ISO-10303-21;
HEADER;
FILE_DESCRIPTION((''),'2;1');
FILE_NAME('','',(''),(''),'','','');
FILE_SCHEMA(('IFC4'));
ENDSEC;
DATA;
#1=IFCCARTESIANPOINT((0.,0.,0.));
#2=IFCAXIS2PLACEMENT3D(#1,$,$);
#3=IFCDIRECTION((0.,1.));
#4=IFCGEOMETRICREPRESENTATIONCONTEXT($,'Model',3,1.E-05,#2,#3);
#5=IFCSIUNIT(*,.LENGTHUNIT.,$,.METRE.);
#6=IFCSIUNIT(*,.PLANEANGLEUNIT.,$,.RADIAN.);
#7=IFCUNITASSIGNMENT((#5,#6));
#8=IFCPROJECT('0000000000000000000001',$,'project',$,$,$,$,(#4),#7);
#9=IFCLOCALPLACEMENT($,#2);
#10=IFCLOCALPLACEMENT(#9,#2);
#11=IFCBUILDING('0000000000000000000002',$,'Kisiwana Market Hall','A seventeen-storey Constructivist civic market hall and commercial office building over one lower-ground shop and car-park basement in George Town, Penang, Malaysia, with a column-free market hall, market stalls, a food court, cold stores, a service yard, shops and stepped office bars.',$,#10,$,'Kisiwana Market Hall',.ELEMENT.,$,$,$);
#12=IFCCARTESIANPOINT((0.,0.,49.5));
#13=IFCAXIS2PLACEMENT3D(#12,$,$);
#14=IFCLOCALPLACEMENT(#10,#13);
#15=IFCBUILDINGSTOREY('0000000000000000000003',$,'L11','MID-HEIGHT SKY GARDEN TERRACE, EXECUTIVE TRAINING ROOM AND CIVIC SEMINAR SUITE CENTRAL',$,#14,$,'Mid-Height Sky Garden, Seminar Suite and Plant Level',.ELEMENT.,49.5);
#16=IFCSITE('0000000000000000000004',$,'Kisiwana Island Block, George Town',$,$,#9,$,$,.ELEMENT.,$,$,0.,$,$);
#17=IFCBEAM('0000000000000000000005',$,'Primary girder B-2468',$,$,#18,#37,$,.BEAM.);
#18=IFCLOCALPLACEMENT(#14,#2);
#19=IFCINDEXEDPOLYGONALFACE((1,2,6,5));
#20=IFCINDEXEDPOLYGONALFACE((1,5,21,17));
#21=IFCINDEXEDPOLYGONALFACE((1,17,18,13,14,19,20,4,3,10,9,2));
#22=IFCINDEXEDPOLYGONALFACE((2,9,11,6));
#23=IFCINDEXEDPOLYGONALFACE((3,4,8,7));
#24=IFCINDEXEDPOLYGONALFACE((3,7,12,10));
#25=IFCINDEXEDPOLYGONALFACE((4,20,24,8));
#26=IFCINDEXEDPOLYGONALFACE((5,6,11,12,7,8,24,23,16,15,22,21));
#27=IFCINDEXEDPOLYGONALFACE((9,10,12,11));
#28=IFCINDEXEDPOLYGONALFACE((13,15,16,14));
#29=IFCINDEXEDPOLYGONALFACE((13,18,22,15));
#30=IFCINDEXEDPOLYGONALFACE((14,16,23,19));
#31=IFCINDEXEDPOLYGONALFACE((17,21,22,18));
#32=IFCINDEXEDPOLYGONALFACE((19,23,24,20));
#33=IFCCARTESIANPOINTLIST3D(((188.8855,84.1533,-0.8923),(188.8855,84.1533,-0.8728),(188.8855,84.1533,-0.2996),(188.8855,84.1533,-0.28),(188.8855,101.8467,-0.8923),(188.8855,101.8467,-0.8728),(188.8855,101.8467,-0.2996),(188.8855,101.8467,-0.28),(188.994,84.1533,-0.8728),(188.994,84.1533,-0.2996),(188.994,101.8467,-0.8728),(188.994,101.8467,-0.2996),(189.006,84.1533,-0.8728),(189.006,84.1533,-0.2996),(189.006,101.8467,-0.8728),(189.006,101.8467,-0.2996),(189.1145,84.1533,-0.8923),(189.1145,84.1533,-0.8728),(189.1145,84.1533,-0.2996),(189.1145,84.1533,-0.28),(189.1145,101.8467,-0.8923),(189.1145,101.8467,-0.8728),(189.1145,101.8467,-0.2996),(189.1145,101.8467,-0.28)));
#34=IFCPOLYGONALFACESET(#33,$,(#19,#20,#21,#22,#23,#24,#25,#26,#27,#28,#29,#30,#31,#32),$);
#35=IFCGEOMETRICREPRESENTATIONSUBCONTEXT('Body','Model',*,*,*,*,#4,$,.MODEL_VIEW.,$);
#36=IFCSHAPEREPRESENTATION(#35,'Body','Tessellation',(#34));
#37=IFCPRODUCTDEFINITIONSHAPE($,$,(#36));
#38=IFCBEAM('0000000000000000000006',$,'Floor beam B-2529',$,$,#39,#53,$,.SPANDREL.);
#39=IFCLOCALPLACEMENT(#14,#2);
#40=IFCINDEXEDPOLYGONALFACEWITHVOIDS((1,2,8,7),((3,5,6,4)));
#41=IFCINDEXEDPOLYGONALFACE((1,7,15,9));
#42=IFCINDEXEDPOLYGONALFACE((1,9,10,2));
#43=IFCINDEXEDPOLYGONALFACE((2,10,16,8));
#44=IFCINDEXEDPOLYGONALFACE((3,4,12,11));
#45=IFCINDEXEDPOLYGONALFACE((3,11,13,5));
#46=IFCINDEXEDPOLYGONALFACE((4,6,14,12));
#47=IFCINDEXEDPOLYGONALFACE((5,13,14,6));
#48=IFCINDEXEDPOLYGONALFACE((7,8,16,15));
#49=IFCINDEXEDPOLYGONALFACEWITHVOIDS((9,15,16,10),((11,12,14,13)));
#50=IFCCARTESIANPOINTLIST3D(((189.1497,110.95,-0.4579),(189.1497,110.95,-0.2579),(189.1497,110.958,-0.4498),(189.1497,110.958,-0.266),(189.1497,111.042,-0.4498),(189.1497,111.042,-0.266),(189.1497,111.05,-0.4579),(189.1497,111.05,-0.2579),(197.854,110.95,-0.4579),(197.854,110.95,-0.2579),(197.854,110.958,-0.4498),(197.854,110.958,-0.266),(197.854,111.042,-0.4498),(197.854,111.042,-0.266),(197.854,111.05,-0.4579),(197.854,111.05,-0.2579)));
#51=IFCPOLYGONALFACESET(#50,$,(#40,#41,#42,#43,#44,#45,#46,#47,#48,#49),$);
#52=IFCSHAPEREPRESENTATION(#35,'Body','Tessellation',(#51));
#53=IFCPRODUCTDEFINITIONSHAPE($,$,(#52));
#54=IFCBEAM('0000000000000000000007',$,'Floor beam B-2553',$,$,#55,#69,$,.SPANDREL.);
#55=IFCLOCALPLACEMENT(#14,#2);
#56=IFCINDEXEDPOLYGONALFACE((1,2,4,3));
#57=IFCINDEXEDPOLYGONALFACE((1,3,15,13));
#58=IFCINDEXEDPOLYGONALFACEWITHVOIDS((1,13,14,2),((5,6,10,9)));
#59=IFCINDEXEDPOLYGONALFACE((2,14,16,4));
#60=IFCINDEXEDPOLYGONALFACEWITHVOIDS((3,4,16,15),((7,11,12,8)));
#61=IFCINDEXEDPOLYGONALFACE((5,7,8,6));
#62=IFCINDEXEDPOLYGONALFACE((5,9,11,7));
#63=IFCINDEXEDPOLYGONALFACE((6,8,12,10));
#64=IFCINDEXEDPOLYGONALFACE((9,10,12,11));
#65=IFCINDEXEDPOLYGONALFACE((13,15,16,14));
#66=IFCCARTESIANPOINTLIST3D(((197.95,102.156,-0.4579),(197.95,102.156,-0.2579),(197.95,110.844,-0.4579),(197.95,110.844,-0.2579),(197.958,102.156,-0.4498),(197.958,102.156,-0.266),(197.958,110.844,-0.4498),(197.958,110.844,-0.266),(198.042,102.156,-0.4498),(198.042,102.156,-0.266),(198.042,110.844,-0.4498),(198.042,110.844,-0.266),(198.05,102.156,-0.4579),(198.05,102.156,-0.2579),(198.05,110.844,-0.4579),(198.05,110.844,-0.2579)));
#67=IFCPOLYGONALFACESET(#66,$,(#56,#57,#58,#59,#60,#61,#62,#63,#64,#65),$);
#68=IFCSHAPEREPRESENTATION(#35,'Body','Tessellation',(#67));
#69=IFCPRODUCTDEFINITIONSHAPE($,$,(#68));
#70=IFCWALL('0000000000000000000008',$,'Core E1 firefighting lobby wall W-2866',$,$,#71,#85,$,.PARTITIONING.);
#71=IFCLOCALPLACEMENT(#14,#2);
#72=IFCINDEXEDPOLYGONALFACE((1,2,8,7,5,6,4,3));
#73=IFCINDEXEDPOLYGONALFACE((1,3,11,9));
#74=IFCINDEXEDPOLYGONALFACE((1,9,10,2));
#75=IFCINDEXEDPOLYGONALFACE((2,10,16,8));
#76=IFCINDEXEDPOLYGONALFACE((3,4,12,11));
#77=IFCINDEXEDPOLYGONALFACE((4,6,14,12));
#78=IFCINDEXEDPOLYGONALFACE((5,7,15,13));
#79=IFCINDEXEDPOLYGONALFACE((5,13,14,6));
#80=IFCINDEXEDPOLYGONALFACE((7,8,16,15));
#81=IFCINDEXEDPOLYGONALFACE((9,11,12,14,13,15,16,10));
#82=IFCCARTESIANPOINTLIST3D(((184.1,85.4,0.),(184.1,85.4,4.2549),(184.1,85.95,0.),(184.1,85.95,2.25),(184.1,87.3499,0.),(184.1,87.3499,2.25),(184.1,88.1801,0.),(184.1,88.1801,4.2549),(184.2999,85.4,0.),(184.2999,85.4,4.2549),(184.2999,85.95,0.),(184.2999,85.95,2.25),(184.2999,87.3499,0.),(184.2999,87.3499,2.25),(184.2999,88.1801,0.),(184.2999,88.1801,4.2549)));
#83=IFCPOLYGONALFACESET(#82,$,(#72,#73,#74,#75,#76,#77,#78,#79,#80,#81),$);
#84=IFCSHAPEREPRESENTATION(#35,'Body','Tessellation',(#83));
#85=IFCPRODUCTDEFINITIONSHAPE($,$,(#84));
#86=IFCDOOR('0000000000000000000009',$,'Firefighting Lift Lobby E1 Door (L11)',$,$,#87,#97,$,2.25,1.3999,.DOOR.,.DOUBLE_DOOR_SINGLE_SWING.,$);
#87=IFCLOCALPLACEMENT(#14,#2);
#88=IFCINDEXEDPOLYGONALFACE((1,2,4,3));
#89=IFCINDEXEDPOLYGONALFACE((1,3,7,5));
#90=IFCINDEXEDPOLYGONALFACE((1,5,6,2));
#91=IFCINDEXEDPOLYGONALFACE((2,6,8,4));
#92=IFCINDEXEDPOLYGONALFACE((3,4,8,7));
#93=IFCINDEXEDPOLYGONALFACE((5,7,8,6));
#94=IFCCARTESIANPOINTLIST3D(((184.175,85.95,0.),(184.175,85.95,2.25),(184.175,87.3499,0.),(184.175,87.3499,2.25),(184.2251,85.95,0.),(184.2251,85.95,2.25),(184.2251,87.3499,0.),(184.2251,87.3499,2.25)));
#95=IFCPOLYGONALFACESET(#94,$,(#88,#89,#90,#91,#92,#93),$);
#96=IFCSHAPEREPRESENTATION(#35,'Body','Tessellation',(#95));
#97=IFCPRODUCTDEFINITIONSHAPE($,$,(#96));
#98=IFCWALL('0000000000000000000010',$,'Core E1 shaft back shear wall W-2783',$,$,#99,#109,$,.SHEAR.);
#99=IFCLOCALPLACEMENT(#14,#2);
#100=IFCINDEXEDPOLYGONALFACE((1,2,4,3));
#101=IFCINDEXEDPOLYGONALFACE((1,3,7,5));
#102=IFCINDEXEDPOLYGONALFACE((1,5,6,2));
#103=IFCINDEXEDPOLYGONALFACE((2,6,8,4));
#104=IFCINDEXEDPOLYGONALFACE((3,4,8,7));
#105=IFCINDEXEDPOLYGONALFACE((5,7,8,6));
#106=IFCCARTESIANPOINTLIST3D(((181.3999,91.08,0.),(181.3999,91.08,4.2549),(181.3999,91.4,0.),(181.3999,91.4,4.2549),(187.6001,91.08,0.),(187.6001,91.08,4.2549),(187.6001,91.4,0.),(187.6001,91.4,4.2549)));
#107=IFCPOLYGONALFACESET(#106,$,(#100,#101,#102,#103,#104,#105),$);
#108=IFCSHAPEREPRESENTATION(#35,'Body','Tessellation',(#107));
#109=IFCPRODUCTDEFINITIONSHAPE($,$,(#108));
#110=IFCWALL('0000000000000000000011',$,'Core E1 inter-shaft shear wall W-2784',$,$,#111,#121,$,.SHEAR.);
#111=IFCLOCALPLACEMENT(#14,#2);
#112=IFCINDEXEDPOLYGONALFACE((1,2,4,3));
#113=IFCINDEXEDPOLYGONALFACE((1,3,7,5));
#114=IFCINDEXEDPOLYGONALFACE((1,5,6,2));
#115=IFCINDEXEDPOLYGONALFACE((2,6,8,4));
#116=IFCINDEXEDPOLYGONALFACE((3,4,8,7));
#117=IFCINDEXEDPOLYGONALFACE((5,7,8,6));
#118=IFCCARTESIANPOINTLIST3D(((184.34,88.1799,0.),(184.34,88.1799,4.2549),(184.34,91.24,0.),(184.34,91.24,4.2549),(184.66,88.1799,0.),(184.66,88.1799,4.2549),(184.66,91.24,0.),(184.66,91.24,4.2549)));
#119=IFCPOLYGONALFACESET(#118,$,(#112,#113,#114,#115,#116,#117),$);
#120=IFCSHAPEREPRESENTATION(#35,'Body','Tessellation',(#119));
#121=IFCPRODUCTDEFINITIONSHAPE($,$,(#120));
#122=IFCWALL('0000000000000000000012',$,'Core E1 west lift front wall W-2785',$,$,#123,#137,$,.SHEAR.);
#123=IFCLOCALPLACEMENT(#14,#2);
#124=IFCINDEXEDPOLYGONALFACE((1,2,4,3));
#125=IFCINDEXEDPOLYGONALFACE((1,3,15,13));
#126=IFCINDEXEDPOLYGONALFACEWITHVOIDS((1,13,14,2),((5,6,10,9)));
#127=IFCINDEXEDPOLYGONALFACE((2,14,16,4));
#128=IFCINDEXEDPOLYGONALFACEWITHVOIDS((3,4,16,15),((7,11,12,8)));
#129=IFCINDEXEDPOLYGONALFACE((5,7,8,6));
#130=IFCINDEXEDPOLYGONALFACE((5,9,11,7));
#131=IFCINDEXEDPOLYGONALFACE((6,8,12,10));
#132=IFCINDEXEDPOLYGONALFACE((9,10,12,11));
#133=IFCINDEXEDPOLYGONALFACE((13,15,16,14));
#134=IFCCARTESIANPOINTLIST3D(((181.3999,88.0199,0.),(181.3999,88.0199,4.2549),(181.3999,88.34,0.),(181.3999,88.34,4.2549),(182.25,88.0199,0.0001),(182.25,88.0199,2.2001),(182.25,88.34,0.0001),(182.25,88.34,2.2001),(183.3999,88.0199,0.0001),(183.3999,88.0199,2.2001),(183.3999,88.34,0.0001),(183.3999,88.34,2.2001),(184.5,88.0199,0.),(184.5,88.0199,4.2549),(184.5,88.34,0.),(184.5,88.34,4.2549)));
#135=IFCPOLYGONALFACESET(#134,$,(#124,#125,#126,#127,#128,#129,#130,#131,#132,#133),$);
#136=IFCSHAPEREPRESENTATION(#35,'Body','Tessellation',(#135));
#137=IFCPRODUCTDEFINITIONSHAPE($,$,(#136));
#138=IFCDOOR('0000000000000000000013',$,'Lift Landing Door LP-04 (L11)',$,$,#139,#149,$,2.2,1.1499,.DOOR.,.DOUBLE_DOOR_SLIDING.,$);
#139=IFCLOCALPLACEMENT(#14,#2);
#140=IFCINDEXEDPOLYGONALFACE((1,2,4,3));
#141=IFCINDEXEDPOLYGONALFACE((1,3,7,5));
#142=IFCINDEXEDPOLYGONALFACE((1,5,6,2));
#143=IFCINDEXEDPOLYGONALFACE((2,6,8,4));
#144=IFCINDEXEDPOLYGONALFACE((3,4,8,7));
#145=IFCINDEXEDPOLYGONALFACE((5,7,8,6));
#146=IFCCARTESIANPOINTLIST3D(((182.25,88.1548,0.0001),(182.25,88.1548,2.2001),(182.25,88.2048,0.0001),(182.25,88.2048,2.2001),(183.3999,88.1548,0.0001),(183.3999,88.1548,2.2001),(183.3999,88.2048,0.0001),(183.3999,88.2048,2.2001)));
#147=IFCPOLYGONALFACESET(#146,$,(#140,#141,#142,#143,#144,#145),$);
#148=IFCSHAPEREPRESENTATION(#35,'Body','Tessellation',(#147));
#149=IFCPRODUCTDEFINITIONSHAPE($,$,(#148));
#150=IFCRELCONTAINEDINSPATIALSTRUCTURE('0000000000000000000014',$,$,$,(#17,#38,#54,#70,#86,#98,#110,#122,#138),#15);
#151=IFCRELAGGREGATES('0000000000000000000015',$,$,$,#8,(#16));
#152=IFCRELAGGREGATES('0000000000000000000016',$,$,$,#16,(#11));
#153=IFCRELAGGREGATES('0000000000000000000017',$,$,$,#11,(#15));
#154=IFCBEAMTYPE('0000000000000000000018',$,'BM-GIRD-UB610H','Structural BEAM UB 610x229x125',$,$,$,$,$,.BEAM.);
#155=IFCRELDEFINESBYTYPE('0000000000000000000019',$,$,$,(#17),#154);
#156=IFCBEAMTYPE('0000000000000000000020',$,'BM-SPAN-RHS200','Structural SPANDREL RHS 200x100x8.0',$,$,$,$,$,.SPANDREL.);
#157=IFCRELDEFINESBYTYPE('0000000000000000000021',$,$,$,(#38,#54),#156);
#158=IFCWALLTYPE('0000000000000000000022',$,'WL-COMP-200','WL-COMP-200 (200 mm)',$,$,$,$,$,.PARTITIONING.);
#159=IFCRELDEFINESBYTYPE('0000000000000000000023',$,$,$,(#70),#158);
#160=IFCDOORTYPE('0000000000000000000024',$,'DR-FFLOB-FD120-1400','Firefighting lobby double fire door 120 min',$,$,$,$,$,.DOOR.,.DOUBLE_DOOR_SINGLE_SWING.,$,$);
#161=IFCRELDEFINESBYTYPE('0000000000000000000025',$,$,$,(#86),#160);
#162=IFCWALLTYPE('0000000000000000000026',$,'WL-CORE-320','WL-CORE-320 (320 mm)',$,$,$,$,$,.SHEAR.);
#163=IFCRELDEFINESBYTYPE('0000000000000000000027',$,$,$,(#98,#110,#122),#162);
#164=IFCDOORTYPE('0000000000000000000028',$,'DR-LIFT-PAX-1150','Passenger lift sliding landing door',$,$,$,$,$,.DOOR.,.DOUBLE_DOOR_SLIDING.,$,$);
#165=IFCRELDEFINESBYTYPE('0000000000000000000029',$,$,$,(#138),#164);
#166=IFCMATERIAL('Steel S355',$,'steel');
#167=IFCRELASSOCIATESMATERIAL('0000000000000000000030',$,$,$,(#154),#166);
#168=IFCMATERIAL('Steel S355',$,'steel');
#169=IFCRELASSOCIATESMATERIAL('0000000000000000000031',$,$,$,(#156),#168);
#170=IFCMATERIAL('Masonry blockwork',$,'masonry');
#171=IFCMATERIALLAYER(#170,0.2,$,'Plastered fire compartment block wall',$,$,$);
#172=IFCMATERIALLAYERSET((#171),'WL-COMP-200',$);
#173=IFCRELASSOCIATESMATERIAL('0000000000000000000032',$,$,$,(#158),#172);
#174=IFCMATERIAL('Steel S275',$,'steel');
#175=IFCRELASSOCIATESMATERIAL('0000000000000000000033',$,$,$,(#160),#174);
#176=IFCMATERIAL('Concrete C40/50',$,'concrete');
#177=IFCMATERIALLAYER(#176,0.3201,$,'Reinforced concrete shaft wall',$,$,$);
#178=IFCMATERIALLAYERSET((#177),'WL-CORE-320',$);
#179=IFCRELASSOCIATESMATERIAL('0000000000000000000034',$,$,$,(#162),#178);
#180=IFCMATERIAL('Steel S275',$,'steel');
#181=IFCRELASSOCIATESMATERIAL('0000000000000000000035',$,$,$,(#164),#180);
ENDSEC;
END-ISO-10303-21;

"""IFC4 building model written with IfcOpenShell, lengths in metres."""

from ifc_helpers import new_model, si_unit, direction, frame, frame_2d, origin, origin_2d, place, context, subcontext, project, spatial, rectangle, hollow_rectangle, i_section, extrude, material, layer, layer_set, material_profile, profile_set, type_object, element, fill, save


model = new_model("IFC4")

# Units and contexts
model_context = context("Model", 3, precision=1e-05, world=origin(), true_north=direction((0.0, 1.0)))
body_context = subcontext(model_context, "Body", "Model", "MODEL_VIEW")
ifc_project = project(units=[si_unit("LENGTHUNIT", "METRE"), si_unit("PLANEANGLEUNIT", "RADIAN")], contexts=[model_context])

# Site, building, storey
site_placement = place(None, origin())
site = spatial("IfcSite", under=ifc_project, at=site_placement, Name="Kisiwana Island Block, George Town", CompositionType="ELEMENT", RefElevation=0.0)
building_placement = place(site_placement, origin())
building = spatial("IfcBuilding", under=site, at=building_placement, Name="Kisiwana Market Hall", Description="A seventeen-storey Constructivist civic market hall and commercial office building over one lower-ground shop and car-park basement in George Town, Penang, Malaysia, with a column-free market hall, market stalls, a food court, cold stores, a service yard, shops and stepped office bars.", LongName="Kisiwana Market Hall", CompositionType="ELEMENT")
storey_placement = place(building_placement, frame((0.0, 0.0, 49.5)))
storey = spatial("IfcBuildingStorey", under=building, at=storey_placement, Name="L11", Description="MID-HEIGHT SKY GARDEN TERRACE, EXECUTIVE TRAINING ROOM AND CIVIC SEMINAR SUITE CENTRAL", LongName="Mid-Height Sky Garden, Seminar Suite and Plant Level", CompositionType="ELEMENT", Elevation=49.5)

# Beams
ifc_material_1 = material(Name="Steel S355", Category="steel")
ifc_material_profile_1 = material_profile(ifc_material_1, i_section(OverallWidth=0.229, OverallDepth=0.6123, WebThickness=0.012, FlangeThickness=0.0195, at=origin_2d()), Name="UB 610x229x125")
ifc_profile_set_1 = profile_set([ifc_material_profile_1], Name="Steel S355")
beam_type_1 = type_object("IfcBeamType", Name="BM-GIRD-UB610H", Description="Structural BEAM UB 610x229x125", PredefinedType="BEAM", material=ifc_profile_set_1)
beam_1_placement = place(storey_placement, frame((189.0, 84.1533, -0.5862), z_axis=(0.0, 1.0, 0.0), x_axis=(-1.0, 0.0, 0.0)))
element("IfcBeam", 1, at=beam_1_placement, inside=storey, type_object=beam_type_1, Name="Primary girder B-2468", PredefinedType="BEAM", context=body_context, shape_type="SweptSolid", body=[
    extrude(i_section(OverallWidth=0.229, OverallDepth=0.6123, WebThickness=0.012, FlangeThickness=0.0195, at=origin_2d()), origin(), (0.0, 0.0, 1.0), 17.6934),
])
ifc_material_2 = material(Name="Steel S355", Category="steel")
ifc_material_profile_2 = material_profile(ifc_material_2, hollow_rectangle(XDim=0.1001, YDim=0.2, WallThickness=0.0081, at=origin_2d()), Name="RHS 200x100x8.0")
ifc_profile_set_2 = profile_set([ifc_material_profile_2], Name="Steel S355")
beam_type_2 = type_object("IfcBeamType", Name="BM-SPAN-RHS200", Description="Structural SPANDREL RHS 200x100x8.0", PredefinedType="SPANDREL", material=ifc_profile_set_2)
beam_2_placement = place(storey_placement, frame((189.1497, 111.0, -0.3579), z_axis=(1.0, 0.0, 0.0), x_axis=(0.0, 1.0, 0.0)))
element("IfcBeam", 2, at=beam_2_placement, inside=storey, type_object=beam_type_2, Name="Floor beam B-2529", PredefinedType="SPANDREL", context=body_context, shape_type="SweptSolid", body=[
    extrude(hollow_rectangle(XDim=0.1001, YDim=0.2, WallThickness=0.0081, at=origin_2d()), origin(), (0.0, 0.0, 1.0), 8.7043),
])
beam_3_placement = place(storey_placement, frame((198.0, 102.156, -0.3579), z_axis=(0.0, 1.0, 0.0), x_axis=(-1.0, 0.0, 0.0)))
element("IfcBeam", 3, at=beam_3_placement, inside=storey, type_object=beam_type_2, Name="Floor beam B-2553", PredefinedType="SPANDREL", context=body_context, shape_type="SweptSolid", body=[
    extrude(hollow_rectangle(XDim=0.1001, YDim=0.2, WallThickness=0.0081, at=origin_2d()), origin(), (0.0, 0.0, 1.0), 8.688),
])

# Wall, opening, door
ifc_material_3 = material(Name="Masonry blockwork", Category="masonry")
ifc_layer_1 = layer(ifc_material_3, 0.2, Name="Plastered fire compartment block wall")
ifc_layer_set_1 = layer_set([ifc_layer_1], Name="WL-COMP-200")
wall_type_1 = type_object("IfcWallType", Name="WL-COMP-200", Description="WL-COMP-200 (200 mm)", PredefinedType="PARTITIONING", material=ifc_layer_set_1)
wall_1_placement = place(storey_placement, frame((184.2, 85.3999, 0.0), z_axis=(0.0, 0.0, 1.0), x_axis=(0.0, 1.0, 0.0)))
wall_1 = element("IfcWall", 4, at=wall_1_placement, inside=storey, type_object=wall_type_1, Name="Core E1 firefighting lobby wall W-2866", PredefinedType="PARTITIONING", context=body_context, shape_type="SweptSolid", body=[
    extrude(rectangle(XDim=2.78, YDim=0.2, at=frame_2d((1.3901, 0.0))), origin(), (0.0, 0.0, 1.0), 4.2549),
])
opening_1_placement = place(wall_1_placement, frame((0.55, 0.0, 0.0)))
opening_1 = element("IfcOpeningElement", 5, at=opening_1_placement, cuts=wall_1, PredefinedType="OPENING", context=body_context, shape_type="SweptSolid", body=[
    extrude(rectangle(XDim=1.3999, YDim=2.25, at=frame_2d((0.7, 1.125))), frame((0.0, 0.1118, 0.0), z_axis=(0.0, -1.0, 0.0), x_axis=(1.0, 0.0, 0.0)), (0.0, 0.0, 1.0), 0.2239),
])
ifc_material_4 = material(Name="Steel S275", Category="steel")
door_type_1 = type_object("IfcDoorType", Name="DR-FFLOB-FD120-1400", Description="Firefighting lobby double fire door 120 min", OperationType="DOUBLE_DOOR_SINGLE_SWING", PredefinedType="DOOR", material=ifc_material_4)
door_1_placement = place(opening_1_placement, origin())
door_1 = element("IfcDoor", 6, at=door_1_placement, inside=storey, type_object=door_type_1, Name="Firefighting Lift Lobby E1 Door (L11)", OperationType="DOUBLE_DOOR_SINGLE_SWING", OverallHeight=2.25, OverallWidth=1.3999, PredefinedType="DOOR", context=body_context, shape_type="SweptSolid", body=[
    extrude(rectangle(XDim=1.3999, YDim=2.25, at=frame_2d((0.7, 1.125))), frame((0.0, 0.0249, 0.0), z_axis=(0.0, -1.0, 0.0), x_axis=(1.0, 0.0, 0.0)), (0.0, 0.0, 1.0), 0.05),
])
fill(opening_1, door_1)

# Walls
ifc_material_5 = material(Name="Concrete C40/50", Category="concrete")
ifc_layer_2 = layer(ifc_material_5, 0.3201, Name="Reinforced concrete shaft wall")
ifc_layer_set_2 = layer_set([ifc_layer_2], Name="WL-CORE-320")
wall_type_2 = type_object("IfcWallType", Name="WL-CORE-320", Description="WL-CORE-320 (320 mm)", PredefinedType="SHEAR", material=ifc_layer_set_2)
wall_2_placement = place(storey_placement, frame((181.3999, 91.24, 0.0), z_axis=(0.0, 0.0, 1.0), x_axis=(1.0, 0.0, 0.0)))
element("IfcWall", 7, at=wall_2_placement, inside=storey, type_object=wall_type_2, Name="Core E1 shaft back shear wall W-2783", PredefinedType="SHEAR", context=body_context, shape_type="SweptSolid", body=[
    extrude(rectangle(XDim=6.2002, YDim=0.3201, at=frame_2d((3.1001, 0.0))), origin(), (0.0, 0.0, 1.0), 4.2549),
])
wall_3_placement = place(storey_placement, frame((184.5, 88.1799, 0.0), z_axis=(0.0, 0.0, 1.0), x_axis=(0.0, 1.0, 0.0)))
element("IfcWall", 8, at=wall_3_placement, inside=storey, type_object=wall_type_2, Name="Core E1 inter-shaft shear wall W-2784", PredefinedType="SHEAR", context=body_context, shape_type="SweptSolid", body=[
    extrude(rectangle(XDim=3.0601, YDim=0.3201, at=frame_2d((1.53, 0.0))), origin(), (0.0, 0.0, 1.0), 4.2549),
])

# Wall, opening, door
wall_4_placement = place(storey_placement, frame((181.3999, 88.1799, 0.0), z_axis=(0.0, 0.0, 1.0), x_axis=(1.0, 0.0, 0.0)))
wall_4 = element("IfcWall", 9, at=wall_4_placement, inside=storey, type_object=wall_type_2, Name="Core E1 west lift front wall W-2785", PredefinedType="SHEAR", context=body_context, shape_type="SweptSolid", body=[
    extrude(rectangle(XDim=3.1001, YDim=0.3201, at=frame_2d((1.55, 0.0))), origin(), (0.0, 0.0, 1.0), 4.2549),
])
opening_2_placement = place(wall_4_placement, frame((0.8501, 0.0, 0.0)))
opening_2 = element("IfcOpeningElement", 10, at=opening_2_placement, cuts=wall_4, PredefinedType="OPENING", context=body_context, shape_type="SweptSolid", body=[
    extrude(rectangle(XDim=1.1499, YDim=2.2, at=frame_2d((0.575, 1.1001))), frame((0.0, 0.1719, 0.0), z_axis=(0.0, -1.0, 0.0), x_axis=(1.0, 0.0, 0.0)), (0.0, 0.0, 1.0), 0.344),
])
ifc_material_6 = material(Name="Steel S275", Category="steel")
door_type_2 = type_object("IfcDoorType", Name="DR-LIFT-PAX-1150", Description="Passenger lift sliding landing door", OperationType="DOUBLE_DOOR_SLIDING", PredefinedType="DOOR", material=ifc_material_6)
door_2_placement = place(opening_2_placement, origin())
door_2 = element("IfcDoor", 11, at=door_2_placement, inside=storey, type_object=door_type_2, Name="Lift Landing Door LP-04 (L11)", OperationType="DOUBLE_DOOR_SLIDING", OverallHeight=2.2, OverallWidth=1.1499, PredefinedType="DOOR", context=body_context, shape_type="SweptSolid", body=[
    extrude(rectangle(XDim=1.1499, YDim=2.2, at=frame_2d((0.575, 1.1001))), frame((0.0, 0.0249, 0.0), z_axis=(0.0, -1.0, 0.0), x_axis=(1.0, 0.0, 0.0)), (0.0, 0.0, 1.0), 0.05),
])
fill(opening_2, door_2)

save(model, "model.ifc")
